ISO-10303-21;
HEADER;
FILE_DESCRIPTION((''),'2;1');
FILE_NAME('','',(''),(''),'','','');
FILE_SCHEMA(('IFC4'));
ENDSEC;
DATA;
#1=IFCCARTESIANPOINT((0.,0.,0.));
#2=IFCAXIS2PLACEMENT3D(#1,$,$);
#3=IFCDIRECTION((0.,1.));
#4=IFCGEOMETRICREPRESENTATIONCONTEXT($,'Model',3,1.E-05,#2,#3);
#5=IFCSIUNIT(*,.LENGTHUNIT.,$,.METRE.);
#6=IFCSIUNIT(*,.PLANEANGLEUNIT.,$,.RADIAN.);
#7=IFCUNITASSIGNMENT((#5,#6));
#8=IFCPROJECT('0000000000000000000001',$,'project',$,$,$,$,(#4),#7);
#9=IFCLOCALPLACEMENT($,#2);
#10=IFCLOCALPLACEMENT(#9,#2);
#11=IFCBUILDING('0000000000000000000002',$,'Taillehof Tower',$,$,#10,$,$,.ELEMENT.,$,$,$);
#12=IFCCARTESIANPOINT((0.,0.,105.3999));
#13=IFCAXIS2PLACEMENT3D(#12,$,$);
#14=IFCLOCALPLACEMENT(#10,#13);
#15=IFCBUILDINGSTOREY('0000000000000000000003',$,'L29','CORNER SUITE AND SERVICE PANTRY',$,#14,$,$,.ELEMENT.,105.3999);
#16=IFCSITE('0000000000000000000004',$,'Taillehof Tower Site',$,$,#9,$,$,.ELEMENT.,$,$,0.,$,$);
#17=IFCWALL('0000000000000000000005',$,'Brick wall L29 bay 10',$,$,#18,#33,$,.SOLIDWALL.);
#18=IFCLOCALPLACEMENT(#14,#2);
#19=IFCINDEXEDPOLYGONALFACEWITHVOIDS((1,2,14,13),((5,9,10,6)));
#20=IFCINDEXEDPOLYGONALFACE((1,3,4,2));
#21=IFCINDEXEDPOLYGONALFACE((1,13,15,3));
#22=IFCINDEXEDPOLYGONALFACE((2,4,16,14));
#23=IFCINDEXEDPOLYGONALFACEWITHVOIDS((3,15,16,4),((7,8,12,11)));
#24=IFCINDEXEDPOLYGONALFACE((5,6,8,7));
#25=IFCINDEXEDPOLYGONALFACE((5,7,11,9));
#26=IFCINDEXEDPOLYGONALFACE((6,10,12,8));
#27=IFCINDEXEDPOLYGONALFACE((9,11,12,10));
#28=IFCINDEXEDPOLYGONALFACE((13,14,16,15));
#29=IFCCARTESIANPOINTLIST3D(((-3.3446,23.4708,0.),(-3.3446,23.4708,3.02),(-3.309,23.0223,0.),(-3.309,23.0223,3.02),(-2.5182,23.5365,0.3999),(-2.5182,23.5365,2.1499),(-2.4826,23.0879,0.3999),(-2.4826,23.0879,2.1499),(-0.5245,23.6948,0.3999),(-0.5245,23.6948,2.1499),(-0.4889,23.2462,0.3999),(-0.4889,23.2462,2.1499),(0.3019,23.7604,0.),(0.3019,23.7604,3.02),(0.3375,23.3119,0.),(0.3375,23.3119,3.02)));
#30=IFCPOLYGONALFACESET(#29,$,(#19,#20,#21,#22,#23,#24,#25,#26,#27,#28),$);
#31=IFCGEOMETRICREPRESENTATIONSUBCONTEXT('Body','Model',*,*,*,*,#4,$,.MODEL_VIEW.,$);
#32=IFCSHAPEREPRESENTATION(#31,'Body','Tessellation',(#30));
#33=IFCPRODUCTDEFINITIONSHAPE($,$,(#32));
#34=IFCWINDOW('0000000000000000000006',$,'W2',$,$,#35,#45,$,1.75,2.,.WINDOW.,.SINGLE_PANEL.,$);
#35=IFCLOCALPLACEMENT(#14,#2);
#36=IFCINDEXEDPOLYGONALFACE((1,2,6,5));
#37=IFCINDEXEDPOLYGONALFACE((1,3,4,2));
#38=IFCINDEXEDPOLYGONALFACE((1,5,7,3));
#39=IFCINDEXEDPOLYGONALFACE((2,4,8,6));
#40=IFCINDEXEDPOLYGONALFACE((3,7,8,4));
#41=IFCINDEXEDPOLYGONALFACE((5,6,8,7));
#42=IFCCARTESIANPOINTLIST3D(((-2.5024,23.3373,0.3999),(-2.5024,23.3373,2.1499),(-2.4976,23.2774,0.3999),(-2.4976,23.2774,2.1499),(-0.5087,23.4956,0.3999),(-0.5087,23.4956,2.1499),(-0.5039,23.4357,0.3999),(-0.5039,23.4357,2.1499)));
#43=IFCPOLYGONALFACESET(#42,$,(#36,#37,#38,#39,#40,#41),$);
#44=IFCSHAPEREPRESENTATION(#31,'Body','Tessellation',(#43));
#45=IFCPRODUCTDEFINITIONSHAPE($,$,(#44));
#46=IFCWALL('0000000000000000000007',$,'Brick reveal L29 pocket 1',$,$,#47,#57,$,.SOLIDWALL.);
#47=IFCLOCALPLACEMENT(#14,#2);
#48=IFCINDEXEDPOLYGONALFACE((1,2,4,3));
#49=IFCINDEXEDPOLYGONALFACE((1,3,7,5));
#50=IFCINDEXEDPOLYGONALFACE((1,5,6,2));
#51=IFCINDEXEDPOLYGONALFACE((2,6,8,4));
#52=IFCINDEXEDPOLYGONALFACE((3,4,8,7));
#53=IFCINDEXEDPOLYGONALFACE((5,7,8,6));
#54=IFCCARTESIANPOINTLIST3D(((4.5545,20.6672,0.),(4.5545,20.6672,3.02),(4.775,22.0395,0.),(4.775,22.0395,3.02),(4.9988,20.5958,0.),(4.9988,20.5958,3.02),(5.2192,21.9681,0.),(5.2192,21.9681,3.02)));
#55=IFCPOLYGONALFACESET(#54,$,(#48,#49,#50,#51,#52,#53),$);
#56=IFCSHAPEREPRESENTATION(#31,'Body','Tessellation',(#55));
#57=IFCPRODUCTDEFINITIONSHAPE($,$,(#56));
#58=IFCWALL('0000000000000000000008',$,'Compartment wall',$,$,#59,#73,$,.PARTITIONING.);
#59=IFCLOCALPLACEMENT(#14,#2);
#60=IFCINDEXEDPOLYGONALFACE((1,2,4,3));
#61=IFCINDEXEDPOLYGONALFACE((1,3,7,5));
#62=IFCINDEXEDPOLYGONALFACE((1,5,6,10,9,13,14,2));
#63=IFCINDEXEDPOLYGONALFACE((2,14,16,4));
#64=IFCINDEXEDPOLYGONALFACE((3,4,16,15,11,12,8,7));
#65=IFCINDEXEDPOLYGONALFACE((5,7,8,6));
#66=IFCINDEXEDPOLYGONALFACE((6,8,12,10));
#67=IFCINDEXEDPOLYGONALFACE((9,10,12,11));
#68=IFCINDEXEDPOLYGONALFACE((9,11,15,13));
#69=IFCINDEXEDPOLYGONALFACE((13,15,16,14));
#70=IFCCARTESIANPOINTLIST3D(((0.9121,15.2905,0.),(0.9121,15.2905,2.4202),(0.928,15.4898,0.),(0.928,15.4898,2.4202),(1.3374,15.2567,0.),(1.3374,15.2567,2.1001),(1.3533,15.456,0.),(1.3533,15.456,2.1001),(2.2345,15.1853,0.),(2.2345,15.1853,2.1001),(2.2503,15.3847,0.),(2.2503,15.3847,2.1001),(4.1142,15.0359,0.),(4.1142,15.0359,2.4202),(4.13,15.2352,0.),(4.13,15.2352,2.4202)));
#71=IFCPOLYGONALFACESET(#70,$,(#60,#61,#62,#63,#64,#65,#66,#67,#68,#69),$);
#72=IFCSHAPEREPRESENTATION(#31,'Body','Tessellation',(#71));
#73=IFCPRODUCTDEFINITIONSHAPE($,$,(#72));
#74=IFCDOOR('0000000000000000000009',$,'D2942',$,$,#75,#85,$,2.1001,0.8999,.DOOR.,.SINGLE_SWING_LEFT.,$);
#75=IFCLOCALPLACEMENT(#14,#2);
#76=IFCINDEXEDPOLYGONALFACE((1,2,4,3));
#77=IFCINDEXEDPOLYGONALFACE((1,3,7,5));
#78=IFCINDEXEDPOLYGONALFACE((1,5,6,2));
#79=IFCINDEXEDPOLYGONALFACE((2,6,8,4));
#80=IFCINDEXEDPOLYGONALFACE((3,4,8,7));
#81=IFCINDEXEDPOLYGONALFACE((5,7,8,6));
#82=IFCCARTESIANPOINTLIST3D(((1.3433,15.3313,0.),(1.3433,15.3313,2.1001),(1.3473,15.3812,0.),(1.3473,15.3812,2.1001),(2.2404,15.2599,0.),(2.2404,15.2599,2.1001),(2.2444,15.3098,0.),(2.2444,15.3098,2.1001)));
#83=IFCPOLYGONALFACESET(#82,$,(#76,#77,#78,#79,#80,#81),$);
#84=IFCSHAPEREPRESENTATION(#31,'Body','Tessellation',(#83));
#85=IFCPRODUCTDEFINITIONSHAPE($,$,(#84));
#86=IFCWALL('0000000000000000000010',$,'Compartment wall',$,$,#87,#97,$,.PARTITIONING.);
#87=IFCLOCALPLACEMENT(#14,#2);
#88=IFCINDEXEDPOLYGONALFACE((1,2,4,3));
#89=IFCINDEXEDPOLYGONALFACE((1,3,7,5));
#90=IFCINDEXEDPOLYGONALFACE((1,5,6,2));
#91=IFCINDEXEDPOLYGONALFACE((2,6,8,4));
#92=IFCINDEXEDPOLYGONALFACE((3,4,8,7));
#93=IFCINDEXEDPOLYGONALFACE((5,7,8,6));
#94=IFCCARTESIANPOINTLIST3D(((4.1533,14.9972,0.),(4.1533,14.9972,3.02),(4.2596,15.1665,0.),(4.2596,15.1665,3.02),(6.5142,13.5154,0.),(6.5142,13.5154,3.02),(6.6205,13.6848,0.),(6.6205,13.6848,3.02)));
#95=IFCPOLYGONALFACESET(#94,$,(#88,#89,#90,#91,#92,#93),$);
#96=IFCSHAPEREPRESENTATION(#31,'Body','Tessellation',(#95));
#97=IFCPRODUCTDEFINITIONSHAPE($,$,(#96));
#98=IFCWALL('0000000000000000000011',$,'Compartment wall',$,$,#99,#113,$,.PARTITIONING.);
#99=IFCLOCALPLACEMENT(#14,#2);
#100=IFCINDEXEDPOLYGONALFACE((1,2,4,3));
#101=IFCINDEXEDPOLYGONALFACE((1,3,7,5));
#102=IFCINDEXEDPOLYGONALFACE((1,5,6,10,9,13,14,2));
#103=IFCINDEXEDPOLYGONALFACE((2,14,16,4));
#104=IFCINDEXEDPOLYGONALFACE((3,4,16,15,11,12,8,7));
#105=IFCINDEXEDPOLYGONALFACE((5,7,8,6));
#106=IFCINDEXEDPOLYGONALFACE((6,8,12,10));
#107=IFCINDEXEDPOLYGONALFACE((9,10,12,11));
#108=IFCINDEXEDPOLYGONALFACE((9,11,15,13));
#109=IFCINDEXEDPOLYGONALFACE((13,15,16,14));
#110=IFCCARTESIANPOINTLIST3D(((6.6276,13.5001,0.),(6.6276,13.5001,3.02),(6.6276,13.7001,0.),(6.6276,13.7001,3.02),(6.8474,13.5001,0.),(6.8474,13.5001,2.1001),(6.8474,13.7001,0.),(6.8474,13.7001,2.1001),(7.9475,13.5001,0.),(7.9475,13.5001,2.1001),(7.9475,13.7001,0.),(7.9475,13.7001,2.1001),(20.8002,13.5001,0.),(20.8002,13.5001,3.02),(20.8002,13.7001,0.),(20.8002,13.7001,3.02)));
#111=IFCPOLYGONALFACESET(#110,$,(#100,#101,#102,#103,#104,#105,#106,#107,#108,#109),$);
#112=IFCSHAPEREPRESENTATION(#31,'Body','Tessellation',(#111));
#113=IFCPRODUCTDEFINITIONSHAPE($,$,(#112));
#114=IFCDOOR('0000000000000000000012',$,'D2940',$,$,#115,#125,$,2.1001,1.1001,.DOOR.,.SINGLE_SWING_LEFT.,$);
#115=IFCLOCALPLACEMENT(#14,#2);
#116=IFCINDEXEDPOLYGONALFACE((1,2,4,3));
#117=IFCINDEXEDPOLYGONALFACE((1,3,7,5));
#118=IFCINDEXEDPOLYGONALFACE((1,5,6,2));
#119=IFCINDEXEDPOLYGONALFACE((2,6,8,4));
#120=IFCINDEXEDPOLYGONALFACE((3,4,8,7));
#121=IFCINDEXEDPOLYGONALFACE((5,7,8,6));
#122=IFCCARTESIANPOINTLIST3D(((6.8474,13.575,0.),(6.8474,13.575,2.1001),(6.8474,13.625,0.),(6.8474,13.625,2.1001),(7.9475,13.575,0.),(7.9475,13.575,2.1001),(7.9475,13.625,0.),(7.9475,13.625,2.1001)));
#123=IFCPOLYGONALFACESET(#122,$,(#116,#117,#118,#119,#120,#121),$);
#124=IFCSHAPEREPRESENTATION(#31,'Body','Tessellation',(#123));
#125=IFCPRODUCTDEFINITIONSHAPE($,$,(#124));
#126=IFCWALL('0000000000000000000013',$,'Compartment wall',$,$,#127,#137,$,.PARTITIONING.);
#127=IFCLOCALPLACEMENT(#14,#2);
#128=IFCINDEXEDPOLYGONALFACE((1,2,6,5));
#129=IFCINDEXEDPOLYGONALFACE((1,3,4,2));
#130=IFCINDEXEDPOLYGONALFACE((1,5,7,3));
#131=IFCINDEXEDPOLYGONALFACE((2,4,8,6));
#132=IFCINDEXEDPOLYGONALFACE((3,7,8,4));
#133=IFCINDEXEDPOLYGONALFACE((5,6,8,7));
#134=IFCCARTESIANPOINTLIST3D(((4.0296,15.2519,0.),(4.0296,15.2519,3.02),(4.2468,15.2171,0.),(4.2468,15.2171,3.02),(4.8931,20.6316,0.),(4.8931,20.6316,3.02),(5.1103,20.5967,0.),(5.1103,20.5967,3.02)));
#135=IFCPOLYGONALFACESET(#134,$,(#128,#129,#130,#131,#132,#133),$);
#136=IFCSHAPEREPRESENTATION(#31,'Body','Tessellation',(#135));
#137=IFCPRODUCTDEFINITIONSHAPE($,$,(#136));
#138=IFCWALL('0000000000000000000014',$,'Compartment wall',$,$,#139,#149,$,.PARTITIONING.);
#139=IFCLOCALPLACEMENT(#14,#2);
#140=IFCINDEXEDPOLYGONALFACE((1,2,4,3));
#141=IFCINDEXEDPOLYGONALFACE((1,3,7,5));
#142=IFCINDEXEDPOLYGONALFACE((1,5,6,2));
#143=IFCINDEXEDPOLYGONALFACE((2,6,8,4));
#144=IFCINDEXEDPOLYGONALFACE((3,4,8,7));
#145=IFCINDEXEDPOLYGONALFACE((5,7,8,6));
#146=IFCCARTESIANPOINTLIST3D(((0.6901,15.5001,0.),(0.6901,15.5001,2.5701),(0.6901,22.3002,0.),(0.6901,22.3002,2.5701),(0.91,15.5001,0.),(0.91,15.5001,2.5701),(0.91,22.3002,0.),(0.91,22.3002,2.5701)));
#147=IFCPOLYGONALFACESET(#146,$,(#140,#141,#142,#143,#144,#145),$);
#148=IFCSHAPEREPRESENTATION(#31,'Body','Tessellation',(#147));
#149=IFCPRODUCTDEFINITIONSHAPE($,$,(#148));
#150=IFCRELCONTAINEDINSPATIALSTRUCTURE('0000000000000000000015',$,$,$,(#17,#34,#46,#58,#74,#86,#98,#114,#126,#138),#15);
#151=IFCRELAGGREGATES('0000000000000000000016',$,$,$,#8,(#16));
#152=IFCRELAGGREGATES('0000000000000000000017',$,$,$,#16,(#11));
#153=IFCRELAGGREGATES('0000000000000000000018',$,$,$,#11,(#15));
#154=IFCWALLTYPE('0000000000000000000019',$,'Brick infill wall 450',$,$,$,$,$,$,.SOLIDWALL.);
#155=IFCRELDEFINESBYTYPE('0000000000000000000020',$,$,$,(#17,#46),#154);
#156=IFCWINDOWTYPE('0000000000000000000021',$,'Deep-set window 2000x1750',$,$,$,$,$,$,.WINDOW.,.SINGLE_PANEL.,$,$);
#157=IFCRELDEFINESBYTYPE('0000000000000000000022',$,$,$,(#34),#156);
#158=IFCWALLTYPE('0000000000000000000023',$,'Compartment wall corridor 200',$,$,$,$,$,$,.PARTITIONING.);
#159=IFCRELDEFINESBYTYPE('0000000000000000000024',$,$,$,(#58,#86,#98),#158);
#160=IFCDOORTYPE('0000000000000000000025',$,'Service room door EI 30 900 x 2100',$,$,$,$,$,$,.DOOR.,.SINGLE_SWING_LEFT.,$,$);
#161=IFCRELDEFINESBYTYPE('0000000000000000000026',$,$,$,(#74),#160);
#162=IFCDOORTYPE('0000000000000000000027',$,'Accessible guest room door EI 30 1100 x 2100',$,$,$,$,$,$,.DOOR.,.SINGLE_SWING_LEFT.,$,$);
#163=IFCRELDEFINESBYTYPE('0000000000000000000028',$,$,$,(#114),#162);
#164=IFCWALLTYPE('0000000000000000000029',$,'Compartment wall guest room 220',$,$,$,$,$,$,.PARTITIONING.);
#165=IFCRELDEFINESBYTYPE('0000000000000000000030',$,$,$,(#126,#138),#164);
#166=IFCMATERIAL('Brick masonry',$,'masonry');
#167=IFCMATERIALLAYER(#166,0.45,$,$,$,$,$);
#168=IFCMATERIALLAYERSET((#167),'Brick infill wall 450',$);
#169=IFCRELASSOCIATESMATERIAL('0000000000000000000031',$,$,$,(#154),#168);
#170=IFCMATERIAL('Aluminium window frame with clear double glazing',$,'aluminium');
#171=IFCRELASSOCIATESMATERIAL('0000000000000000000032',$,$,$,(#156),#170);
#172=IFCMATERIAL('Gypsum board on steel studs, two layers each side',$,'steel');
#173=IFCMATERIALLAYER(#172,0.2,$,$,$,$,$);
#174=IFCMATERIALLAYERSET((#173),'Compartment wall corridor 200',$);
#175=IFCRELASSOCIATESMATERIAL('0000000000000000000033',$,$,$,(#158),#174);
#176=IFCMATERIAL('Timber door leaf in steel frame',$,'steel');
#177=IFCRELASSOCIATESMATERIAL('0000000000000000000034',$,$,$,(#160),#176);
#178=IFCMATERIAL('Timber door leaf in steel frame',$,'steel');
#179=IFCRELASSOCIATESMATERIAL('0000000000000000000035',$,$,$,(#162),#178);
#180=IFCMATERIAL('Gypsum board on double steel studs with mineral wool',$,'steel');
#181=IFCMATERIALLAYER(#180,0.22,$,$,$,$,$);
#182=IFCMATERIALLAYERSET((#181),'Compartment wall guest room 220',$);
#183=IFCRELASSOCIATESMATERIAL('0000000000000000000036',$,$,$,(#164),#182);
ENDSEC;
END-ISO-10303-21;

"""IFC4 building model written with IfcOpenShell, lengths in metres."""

from ifc_helpers import new_model, si_unit, direction, frame, frame_2d, origin, place, context, subcontext, project, spatial, rectangle, extrude, material, layer, layer_set, type_object, element, fill, save


model = new_model("IFC4")

# Units and contexts
model_context = context("Model", 3, precision=1e-05, world=origin(), true_north=direction((0.0, 1.0)))
body_context = subcontext(model_context, "Body", "Model", "MODEL_VIEW")
ifc_project = project(units=[si_unit("LENGTHUNIT", "METRE"), si_unit("PLANEANGLEUNIT", "RADIAN")], contexts=[model_context])

# Site, building, storey
site_placement = place(None, origin())
site = spatial("IfcSite", under=ifc_project, at=site_placement, Name="Taillehof Tower Site", CompositionType="ELEMENT", RefElevation=0.0)
building_placement = place(site_placement, origin())
building = spatial("IfcBuilding", under=site, at=building_placement, Name="Taillehof Tower", CompositionType="ELEMENT")
storey_placement = place(building_placement, frame((0.0, 0.0, 105.3999)))
storey = spatial("IfcBuildingStorey", under=building, at=storey_placement, Name="L29", Description="CORNER SUITE AND SERVICE PANTRY", CompositionType="ELEMENT", Elevation=105.3999)

# Wall, opening, window
ifc_material_1 = material(Name="Brick masonry", Category="masonry")
ifc_layer_1 = layer(ifc_material_1, 0.45)
ifc_layer_set_1 = layer_set([ifc_layer_1], Name="Brick infill wall 450")
wall_type_1 = type_object("IfcWallType", Name="Brick infill wall 450", PredefinedType="SOLIDWALL", material=ifc_layer_set_1)
ifc_material_2 = material(Name="Aluminium window frame with clear double glazing", Category="aluminium")
window_type_1 = type_object("IfcWindowType", Name="Deep-set window 2000x1750", PartitioningType="SINGLE_PANEL", PredefinedType="WINDOW", material=ifc_material_2)
wall_1_placement = place(storey_placement, frame((0.3198, 23.5361, 0.0), z_axis=(0.0, 0.0, 1.0), x_axis=(-0.996862, -0.079156, 0.0)))
wall_1 = element("IfcWall", 1, at=wall_1_placement, inside=storey, type_object=wall_type_1, Name="Brick wall L29 bay 10", PredefinedType="SOLIDWALL", context=body_context, shape_type="SweptSolid", body=[
    extrude(rectangle(XDim=3.658, YDim=0.45, at=frame_2d((1.8291, 0.0))), origin(), (0.0, 0.0, 1.0), 3.02),
])
opening_1_placement = place(wall_1_placement, frame((0.8291, 0.0, 0.3999)))
opening_1 = element("IfcOpeningElement", 2, at=opening_1_placement, cuts=wall_1, PredefinedType="OPENING", context=body_context, shape_type="SweptSolid", body=[
    extrude(rectangle(XDim=2.0, YDim=1.75, at=frame_2d((1.0, 0.875))), frame((0.0, 0.2349, 0.0), z_axis=(0.0, -1.0, 0.0), x_axis=(1.0, 0.0, 0.0)), (0.0, 0.0, 1.0), 0.47),
])
window_1_placement = place(opening_1_placement, origin())
window_1 = element("IfcWindow", 3, at=window_1_placement, inside=storey, type_object=window_type_1, Name="W2", OverallHeight=1.75, OverallWidth=2.0, PartitioningType="SINGLE_PANEL", PredefinedType="WINDOW", context=body_context, shape_type="SweptSolid", body=[
    extrude(rectangle(XDim=2.0, YDim=1.75, at=frame_2d((1.0, 0.875))), frame((0.0, 0.0349, 0.0), z_axis=(0.0, -1.0, 0.0), x_axis=(1.0, 0.0, 0.0)), (0.0, 0.0, 1.0), 0.0601),
])
fill(opening_1, window_1)

# Wall
wall_2_placement = place(storey_placement, frame((4.9971, 22.0037, 0.0), z_axis=(0.0, 0.0, 1.0), x_axis=(-0.158614, -0.987341, 0.0)))
element("IfcWall", 4, at=wall_2_placement, inside=storey, type_object=wall_type_1, Name="Brick reveal L29 pocket 1", PredefinedType="SOLIDWALL", context=body_context, shape_type="SweptSolid", body=[
    extrude(rectangle(XDim=1.3899, YDim=0.45, at=frame_2d((0.6948, 0.0))), origin(), (0.0, 0.0, 1.0), 3.02),
])

# Wall, opening, door
ifc_material_3 = material(Name="Gypsum board on steel studs, two layers each side", Category="steel")
ifc_layer_2 = layer(ifc_material_3, 0.2)
ifc_layer_set_2 = layer_set([ifc_layer_2], Name="Compartment wall corridor 200")
wall_type_2 = type_object("IfcWallType", Name="Compartment wall corridor 200", PredefinedType="PARTITIONING", material=ifc_layer_set_2)
wall_3_placement = place(storey_placement, frame((0.9202, 15.3901, 0.0), z_axis=(0.0, 0.0, 1.0), x_axis=(0.996853, -0.079271, 0.0)))
wall_3 = element("IfcWall", 5, at=wall_3_placement, inside=storey, type_object=wall_type_2, Name="Compartment wall", PredefinedType="PARTITIONING", context=body_context, shape_type="SweptSolid", body=[
    extrude(rectangle(XDim=3.2122, YDim=0.2, at=frame_2d((1.606, 0.0))), origin(), (0.0, 0.0, 1.0), 2.4202),
])
opening_2_placement = place(wall_3_placement, frame((0.4265, 0.0, 0.0)))
opening_2 = element("IfcOpeningElement", 6, at=opening_2_placement, cuts=wall_3, PredefinedType="OPENING", context=body_context, shape_type="SweptSolid", body=[
    extrude(rectangle(XDim=0.8999, YDim=2.1001, at=frame_2d((0.45, 1.05))), frame((0.0, 0.1099, 0.0), z_axis=(0.0, -1.0, 0.0), x_axis=(1.0, 0.0, 0.0)), (0.0, 0.0, 1.0), 0.22),
])
ifc_material_4 = material(Name="Timber door leaf in steel frame", Category="steel")
door_type_1 = type_object("IfcDoorType", Name="Service room door EI 30 900 x 2100", OperationType="SINGLE_SWING_LEFT", PredefinedType="DOOR", material=ifc_material_4)
door_1_placement = place(opening_2_placement, origin())
door_1 = element("IfcDoor", 7, at=door_1_placement, inside=storey, type_object=door_type_1, Name="D2942", OperationType="SINGLE_SWING_LEFT", OverallHeight=2.1001, OverallWidth=0.8999, PredefinedType="DOOR", context=body_context, shape_type="SweptSolid", body=[
    extrude(rectangle(XDim=0.8999, YDim=2.1001, at=frame_2d((0.45, 1.05))), frame((0.0, 0.0249, 0.0), z_axis=(0.0, -1.0, 0.0), x_axis=(1.0, 0.0, 0.0)), (0.0, 0.0, 1.0), 0.05),
])
fill(opening_2, door_1)

# Wall
wall_4_placement = place(storey_placement, frame((4.2065, 15.0818, 0.0), z_axis=(0.0, 0.0, 1.0), x_axis=(0.847003, -0.531588, 0.0)))
element("IfcWall", 8, at=wall_4_placement, inside=storey, type_object=wall_type_2, Name="Compartment wall", PredefinedType="PARTITIONING", context=body_context, shape_type="SweptSolid", body=[
    extrude(rectangle(XDim=2.7874, YDim=0.2, at=frame_2d((1.3936, 0.0))), origin(), (0.0, 0.0, 1.0), 3.02),
])

# Wall, opening, door
wall_5_placement = place(storey_placement, frame((6.6274, 13.6001, 0.0), z_axis=(0.0, 0.0, 1.0), x_axis=(1.0, 0.0, 0.0)))
wall_5 = element("IfcWall", 9, at=wall_5_placement, inside=storey, type_object=wall_type_2, Name="Compartment wall", PredefinedType="PARTITIONING", context=body_context, shape_type="SweptSolid", body=[
    extrude(rectangle(XDim=14.1726, YDim=0.2, at=frame_2d((7.0864, 0.0))), origin(), (0.0, 0.0, 1.0), 3.02),
])
opening_3_placement = place(wall_5_placement, frame((0.22, 0.0, 0.0)))
opening_3 = element("IfcOpeningElement", 10, at=opening_3_placement, cuts=wall_5, PredefinedType="OPENING", context=body_context, shape_type="SweptSolid", body=[
    extrude(rectangle(XDim=1.1001, YDim=2.1001, at=frame_2d((0.55, 1.05))), frame((0.0, 0.1099, 0.0), z_axis=(0.0, -1.0, 0.0), x_axis=(1.0, 0.0, 0.0)), (0.0, 0.0, 1.0), 0.22),
])
ifc_material_5 = material(Name="Timber door leaf in steel frame", Category="steel")
door_type_2 = type_object("IfcDoorType", Name="Accessible guest room door EI 30 1100 x 2100", OperationType="SINGLE_SWING_LEFT", PredefinedType="DOOR", material=ifc_material_5)
door_2_placement = place(opening_3_placement, origin())
door_2 = element("IfcDoor", 11, at=door_2_placement, inside=storey, type_object=door_type_2, Name="D2940", OperationType="SINGLE_SWING_LEFT", OverallHeight=2.1001, OverallWidth=1.1001, PredefinedType="DOOR", context=body_context, shape_type="SweptSolid", body=[
    extrude(rectangle(XDim=1.1001, YDim=2.1001, at=frame_2d((0.55, 1.05))), frame((0.0, 0.0249, 0.0), z_axis=(0.0, -1.0, 0.0), x_axis=(1.0, 0.0, 0.0)), (0.0, 0.0, 1.0), 0.05),
])
fill(opening_3, door_2)

# Walls
ifc_material_6 = material(Name="Gypsum board on double steel studs with mineral wool", Category="steel")
ifc_layer_3 = layer(ifc_material_6, 0.22)
ifc_layer_set_3 = layer_set([ifc_layer_3], Name="Compartment wall guest room 220")
wall_type_3 = type_object("IfcWallType", Name="Compartment wall guest room 220", PredefinedType="PARTITIONING", material=ifc_layer_set_3)
wall_6_placement = place(storey_placement, frame((5.0017, 20.614, 0.0), z_axis=(0.0, 0.0, 1.0), x_axis=(-0.158489, -0.987361, 0.0)))
element("IfcWall", 12, at=wall_6_placement, inside=storey, type_object=wall_type_3, Name="Compartment wall", PredefinedType="PARTITIONING", context=body_context, shape_type="SweptSolid", body=[
    extrude(rectangle(XDim=5.4485, YDim=0.22, at=frame_2d((2.7241, 0.0))), origin(), (0.0, 0.0, 1.0), 3.02),
])
wall_7_placement = place(storey_placement, frame((0.8, 22.3, 0.0), z_axis=(0.0, 0.0, 1.0), x_axis=(0.0, -1.0, 0.0)))
element("IfcWall", 13, at=wall_7_placement, inside=storey, type_object=wall_type_3, Name="Compartment wall", PredefinedType="PARTITIONING", context=body_context, shape_type="SweptSolid", body=[
    extrude(rectangle(XDim=6.8, YDim=0.22, at=frame_2d((3.3999, 0.0))), origin(), (0.0, 0.0, 1.0), 2.5701),
])

save(model, "model.ifc")
